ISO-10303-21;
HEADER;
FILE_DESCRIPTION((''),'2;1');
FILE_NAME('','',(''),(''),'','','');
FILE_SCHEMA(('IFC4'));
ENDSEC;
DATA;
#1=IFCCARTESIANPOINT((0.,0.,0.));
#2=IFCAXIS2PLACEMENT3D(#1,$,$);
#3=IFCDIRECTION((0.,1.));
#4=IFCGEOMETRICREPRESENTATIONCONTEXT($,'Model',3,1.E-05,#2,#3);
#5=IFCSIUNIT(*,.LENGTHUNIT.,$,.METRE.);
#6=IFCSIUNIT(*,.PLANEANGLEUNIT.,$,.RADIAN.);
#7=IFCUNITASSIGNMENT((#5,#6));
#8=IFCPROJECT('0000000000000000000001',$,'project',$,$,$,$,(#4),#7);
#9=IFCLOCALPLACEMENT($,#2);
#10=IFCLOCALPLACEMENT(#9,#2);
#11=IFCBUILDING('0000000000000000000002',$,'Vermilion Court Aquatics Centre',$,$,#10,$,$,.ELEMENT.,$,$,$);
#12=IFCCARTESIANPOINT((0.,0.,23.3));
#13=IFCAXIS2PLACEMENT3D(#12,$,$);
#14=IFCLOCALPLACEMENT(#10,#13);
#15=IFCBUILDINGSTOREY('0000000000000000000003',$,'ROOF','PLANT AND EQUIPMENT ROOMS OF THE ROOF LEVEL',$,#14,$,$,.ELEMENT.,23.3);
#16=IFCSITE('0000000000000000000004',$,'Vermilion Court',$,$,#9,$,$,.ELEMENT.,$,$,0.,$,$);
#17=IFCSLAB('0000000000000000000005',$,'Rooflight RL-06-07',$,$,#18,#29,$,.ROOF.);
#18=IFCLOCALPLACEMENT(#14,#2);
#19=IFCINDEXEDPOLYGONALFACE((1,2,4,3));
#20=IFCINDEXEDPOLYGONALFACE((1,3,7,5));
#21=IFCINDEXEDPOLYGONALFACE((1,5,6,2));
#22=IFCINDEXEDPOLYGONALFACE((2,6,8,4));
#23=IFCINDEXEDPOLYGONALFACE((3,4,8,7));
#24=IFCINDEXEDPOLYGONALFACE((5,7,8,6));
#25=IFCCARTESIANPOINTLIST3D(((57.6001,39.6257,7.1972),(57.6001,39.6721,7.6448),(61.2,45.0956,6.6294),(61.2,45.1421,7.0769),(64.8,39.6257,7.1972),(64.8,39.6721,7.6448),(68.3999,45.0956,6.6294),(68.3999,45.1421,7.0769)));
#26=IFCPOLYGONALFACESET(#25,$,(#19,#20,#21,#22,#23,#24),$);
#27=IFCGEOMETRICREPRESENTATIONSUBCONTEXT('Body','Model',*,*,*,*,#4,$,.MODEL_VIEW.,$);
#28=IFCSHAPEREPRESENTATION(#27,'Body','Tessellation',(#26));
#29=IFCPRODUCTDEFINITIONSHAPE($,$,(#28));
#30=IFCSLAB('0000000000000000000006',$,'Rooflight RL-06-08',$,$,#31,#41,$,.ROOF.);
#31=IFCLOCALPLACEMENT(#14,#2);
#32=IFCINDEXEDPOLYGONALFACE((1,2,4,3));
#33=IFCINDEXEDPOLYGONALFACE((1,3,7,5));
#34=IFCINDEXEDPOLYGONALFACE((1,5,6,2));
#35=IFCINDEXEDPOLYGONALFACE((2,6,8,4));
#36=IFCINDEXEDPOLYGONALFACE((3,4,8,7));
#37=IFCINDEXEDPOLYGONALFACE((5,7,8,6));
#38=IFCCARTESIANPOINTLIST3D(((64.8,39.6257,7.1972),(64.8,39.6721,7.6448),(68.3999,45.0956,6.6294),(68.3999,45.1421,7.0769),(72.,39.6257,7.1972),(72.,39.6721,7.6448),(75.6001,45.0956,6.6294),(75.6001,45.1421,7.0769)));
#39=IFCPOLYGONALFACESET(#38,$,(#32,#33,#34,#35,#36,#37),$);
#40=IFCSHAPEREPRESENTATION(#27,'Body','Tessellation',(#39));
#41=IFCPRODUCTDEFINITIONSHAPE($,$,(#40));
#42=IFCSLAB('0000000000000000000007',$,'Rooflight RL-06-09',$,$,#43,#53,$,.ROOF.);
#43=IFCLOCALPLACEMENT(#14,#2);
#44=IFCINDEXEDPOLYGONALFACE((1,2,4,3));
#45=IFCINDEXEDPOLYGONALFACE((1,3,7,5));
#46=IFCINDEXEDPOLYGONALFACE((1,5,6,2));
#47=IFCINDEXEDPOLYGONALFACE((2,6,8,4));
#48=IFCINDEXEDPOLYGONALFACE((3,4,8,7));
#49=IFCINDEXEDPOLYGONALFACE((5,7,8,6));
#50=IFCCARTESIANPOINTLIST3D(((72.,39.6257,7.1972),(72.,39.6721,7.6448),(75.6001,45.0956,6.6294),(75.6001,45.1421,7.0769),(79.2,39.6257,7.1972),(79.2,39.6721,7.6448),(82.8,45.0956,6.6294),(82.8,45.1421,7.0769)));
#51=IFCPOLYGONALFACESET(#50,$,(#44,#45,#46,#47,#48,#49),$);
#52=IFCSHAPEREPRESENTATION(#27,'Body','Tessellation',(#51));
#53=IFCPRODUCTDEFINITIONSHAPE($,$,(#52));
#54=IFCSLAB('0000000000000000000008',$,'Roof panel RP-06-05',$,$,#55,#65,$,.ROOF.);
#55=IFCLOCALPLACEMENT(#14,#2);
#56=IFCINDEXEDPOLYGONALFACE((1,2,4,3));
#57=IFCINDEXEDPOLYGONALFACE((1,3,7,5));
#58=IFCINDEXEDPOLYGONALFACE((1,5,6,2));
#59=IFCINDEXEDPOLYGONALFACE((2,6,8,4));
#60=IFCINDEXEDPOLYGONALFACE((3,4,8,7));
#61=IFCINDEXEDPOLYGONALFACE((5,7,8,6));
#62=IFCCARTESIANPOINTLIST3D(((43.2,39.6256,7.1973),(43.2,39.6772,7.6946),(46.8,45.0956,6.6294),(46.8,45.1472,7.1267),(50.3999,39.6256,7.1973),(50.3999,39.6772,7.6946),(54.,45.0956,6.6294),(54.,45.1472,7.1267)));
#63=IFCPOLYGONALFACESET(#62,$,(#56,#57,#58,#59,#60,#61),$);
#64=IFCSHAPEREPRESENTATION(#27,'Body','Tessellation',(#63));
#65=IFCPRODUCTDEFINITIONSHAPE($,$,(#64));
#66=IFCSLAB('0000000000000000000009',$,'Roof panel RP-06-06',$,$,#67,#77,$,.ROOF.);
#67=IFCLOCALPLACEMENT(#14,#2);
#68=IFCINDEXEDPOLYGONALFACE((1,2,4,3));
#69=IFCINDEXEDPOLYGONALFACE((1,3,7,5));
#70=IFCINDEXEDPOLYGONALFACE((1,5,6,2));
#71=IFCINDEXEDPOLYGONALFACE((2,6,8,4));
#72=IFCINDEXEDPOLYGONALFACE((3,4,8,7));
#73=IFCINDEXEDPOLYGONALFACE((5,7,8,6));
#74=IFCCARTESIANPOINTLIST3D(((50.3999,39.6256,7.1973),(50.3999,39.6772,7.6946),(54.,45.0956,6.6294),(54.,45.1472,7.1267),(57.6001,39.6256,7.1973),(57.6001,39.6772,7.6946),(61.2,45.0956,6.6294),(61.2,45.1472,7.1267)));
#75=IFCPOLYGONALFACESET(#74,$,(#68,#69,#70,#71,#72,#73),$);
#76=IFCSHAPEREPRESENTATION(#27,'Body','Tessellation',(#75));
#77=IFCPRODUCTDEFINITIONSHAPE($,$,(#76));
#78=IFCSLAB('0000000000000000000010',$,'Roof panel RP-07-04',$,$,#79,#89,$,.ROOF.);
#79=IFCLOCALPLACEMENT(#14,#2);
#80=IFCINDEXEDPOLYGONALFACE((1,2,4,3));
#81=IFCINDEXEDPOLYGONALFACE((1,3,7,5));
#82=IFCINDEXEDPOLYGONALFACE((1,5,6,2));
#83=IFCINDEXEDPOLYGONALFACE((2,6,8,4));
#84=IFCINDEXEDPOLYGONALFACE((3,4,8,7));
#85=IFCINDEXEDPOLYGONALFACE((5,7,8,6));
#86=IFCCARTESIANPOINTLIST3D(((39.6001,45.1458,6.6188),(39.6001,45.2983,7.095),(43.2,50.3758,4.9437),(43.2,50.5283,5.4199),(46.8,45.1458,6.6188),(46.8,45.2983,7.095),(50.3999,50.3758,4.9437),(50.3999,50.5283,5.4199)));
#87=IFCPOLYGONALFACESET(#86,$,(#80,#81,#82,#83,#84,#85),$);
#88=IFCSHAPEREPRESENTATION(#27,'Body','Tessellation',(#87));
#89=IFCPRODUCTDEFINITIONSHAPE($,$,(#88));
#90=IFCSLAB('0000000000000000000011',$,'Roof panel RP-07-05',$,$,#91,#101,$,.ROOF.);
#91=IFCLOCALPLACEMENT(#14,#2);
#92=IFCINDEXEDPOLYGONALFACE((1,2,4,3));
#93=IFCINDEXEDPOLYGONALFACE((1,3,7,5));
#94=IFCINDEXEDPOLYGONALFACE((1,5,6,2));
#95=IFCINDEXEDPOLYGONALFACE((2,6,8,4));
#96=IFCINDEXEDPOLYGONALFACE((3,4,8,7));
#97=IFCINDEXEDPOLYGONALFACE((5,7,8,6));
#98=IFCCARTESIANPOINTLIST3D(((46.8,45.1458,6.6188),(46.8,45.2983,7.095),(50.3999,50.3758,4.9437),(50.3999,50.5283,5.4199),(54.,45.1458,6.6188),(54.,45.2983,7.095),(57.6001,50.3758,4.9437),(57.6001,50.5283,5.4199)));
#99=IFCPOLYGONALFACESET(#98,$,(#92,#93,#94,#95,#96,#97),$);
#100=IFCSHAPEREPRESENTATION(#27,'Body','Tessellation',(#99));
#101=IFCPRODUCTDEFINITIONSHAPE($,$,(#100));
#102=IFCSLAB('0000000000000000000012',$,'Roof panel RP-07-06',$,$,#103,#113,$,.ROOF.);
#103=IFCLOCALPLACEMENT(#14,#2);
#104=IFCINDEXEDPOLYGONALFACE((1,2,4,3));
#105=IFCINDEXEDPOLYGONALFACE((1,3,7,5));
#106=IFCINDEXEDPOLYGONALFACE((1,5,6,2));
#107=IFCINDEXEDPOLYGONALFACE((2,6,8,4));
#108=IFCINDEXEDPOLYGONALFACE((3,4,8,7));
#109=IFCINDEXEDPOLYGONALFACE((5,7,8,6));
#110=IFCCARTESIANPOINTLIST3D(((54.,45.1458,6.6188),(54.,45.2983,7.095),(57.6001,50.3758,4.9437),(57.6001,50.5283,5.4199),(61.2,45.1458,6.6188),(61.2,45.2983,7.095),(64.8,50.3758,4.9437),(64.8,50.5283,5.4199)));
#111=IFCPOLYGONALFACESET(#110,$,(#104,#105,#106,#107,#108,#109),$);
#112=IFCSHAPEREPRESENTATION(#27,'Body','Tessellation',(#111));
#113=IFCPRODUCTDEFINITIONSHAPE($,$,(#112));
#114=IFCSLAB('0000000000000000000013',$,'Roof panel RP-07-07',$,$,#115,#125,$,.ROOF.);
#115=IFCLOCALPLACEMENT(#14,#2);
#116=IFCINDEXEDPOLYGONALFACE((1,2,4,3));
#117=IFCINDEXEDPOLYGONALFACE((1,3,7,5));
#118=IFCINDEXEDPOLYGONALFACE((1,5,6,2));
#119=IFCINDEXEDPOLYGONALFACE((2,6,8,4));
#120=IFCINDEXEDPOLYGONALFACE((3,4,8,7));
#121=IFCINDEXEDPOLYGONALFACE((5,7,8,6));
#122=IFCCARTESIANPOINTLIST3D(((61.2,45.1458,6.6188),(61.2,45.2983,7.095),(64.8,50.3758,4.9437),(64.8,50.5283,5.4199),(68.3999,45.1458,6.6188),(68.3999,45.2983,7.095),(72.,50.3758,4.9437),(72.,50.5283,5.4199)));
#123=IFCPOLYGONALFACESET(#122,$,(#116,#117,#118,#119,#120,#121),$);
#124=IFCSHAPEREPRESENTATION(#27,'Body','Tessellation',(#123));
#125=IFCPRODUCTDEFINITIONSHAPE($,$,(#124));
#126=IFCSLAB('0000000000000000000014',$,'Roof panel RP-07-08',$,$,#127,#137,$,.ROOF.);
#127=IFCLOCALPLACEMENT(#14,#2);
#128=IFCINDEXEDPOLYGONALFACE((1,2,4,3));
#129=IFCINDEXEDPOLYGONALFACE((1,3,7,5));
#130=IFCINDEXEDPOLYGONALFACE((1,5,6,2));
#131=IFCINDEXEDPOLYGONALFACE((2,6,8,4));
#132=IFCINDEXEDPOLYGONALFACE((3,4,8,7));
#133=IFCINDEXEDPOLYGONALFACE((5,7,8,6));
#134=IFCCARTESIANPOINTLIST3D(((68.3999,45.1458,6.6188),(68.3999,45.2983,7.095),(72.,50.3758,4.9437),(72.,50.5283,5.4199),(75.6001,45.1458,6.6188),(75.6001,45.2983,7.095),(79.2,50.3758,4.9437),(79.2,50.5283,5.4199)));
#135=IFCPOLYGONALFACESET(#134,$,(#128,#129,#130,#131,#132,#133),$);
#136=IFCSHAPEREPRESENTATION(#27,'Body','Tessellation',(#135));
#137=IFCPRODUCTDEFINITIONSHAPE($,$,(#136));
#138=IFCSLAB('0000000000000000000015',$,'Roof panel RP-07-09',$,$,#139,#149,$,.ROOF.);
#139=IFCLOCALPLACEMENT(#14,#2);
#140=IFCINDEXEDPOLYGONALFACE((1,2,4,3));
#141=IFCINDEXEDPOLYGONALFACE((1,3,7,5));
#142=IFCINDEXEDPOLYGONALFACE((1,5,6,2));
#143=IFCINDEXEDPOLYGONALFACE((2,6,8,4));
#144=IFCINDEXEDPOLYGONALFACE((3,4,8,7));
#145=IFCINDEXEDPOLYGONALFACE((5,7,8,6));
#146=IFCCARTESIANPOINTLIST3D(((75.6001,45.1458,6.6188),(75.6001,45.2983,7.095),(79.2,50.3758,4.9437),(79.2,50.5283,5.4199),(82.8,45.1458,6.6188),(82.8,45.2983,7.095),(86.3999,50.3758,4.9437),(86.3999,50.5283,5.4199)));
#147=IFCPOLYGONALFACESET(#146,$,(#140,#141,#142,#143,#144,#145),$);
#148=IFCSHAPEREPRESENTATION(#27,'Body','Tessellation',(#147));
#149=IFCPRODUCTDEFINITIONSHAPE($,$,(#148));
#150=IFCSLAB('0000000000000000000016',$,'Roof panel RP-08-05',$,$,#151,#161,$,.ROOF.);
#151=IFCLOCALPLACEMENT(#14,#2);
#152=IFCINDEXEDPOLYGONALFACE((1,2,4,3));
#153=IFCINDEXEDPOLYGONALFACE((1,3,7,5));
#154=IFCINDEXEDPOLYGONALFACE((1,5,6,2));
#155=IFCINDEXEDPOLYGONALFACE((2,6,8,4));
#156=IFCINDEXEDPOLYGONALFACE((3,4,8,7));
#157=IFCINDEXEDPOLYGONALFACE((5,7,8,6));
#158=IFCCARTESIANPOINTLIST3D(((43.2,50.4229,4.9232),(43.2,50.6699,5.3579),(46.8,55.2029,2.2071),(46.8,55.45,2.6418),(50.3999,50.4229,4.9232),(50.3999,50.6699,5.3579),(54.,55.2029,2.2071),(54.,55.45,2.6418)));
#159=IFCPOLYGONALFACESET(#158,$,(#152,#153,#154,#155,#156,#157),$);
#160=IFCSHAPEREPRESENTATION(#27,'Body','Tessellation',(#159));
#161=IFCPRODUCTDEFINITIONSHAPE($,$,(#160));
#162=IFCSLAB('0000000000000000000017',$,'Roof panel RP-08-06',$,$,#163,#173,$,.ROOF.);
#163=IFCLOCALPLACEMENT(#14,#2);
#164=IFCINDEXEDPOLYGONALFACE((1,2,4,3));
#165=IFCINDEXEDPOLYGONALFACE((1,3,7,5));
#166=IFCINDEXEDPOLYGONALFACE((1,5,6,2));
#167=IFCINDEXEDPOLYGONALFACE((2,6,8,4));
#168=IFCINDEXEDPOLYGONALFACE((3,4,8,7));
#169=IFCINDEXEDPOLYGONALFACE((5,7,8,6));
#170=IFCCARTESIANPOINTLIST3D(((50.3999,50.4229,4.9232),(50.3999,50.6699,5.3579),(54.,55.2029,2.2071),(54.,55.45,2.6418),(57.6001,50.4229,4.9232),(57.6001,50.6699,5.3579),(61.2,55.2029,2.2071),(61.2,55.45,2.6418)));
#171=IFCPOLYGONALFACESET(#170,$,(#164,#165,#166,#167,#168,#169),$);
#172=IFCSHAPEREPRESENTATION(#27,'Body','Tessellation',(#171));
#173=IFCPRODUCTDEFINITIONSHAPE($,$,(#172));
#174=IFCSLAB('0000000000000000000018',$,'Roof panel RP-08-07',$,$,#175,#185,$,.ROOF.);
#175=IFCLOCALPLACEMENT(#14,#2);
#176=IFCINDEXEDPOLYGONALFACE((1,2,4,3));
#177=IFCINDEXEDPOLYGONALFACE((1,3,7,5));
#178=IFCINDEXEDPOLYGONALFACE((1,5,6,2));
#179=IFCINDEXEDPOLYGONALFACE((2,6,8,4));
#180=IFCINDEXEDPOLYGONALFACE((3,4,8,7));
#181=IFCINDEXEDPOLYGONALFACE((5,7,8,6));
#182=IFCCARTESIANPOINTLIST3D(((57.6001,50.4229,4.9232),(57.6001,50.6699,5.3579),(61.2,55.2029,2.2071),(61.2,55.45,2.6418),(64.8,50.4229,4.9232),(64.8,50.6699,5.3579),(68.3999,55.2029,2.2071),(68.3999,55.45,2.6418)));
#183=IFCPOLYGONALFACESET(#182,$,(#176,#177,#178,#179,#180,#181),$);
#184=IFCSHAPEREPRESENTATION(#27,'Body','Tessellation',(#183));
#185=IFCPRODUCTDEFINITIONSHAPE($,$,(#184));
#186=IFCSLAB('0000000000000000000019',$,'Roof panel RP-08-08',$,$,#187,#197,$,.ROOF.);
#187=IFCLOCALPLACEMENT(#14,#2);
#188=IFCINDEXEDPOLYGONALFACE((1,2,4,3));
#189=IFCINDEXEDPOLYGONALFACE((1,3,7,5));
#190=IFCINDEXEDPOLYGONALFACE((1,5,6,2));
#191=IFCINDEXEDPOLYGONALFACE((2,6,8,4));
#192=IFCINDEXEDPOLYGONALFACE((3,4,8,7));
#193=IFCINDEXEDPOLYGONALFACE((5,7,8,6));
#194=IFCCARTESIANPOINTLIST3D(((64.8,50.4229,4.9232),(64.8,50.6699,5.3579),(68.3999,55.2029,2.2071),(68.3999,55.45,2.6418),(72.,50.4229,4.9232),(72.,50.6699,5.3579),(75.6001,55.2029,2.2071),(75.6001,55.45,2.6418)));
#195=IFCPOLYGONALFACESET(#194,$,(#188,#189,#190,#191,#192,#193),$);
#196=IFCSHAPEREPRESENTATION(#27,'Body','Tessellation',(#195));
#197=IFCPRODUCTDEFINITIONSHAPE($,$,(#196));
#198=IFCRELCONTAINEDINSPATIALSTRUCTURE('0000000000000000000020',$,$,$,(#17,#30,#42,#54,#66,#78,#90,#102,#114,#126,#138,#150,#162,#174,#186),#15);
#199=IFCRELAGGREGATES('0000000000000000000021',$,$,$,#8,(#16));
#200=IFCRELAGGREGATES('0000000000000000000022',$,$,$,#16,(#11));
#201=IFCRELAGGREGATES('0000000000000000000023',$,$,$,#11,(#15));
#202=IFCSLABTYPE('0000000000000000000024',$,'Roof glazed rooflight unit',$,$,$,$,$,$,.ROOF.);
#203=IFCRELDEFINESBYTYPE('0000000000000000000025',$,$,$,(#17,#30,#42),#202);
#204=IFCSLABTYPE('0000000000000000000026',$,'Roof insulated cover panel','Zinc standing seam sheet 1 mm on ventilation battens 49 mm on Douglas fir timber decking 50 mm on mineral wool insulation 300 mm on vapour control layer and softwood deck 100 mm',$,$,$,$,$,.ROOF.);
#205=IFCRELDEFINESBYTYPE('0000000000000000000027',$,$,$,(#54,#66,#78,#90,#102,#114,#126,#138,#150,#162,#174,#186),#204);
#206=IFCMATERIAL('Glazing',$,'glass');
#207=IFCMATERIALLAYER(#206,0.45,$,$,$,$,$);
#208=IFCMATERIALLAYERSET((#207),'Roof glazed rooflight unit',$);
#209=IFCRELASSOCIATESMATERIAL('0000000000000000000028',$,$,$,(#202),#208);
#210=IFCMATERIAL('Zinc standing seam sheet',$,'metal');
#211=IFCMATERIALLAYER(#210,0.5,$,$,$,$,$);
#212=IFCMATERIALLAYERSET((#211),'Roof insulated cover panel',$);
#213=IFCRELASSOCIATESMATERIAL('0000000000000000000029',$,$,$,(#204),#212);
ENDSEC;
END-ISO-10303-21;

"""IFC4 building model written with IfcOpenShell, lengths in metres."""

from ifc_helpers import new_model, si_unit, direction, frame, origin, place, context, subcontext, project, spatial, polyline, outline, extrude, material, layer, layer_set, type_object, element, save


model = new_model("IFC4")

# Units and contexts
model_context = context("Model", 3, precision=1e-05, world=origin(), true_north=direction((0.0, 1.0)))
body_context = subcontext(model_context, "Body", "Model", "MODEL_VIEW")
ifc_project = project(units=[si_unit("LENGTHUNIT", "METRE"), si_unit("PLANEANGLEUNIT", "RADIAN")], contexts=[model_context])

# Site, building, storey
site_placement = place(None, origin())
site = spatial("IfcSite", under=ifc_project, at=site_placement, Name="Vermilion Court", CompositionType="ELEMENT", RefElevation=0.0)
building_placement = place(site_placement, origin())
building = spatial("IfcBuilding", under=site, at=building_placement, Name="Vermilion Court Aquatics Centre", CompositionType="ELEMENT")
storey_placement = place(building_placement, frame((0.0, 0.0, 23.3)))
storey = spatial("IfcBuildingStorey", under=building, at=storey_placement, Name="ROOF", Description="PLANT AND EQUIPMENT ROOMS OF THE ROOF LEVEL", CompositionType="ELEMENT", Elevation=23.3)

# Slabs
ifc_material_1 = material(Name="Glazing", Category="glass")
ifc_layer_1 = layer(ifc_material_1, 0.45)
ifc_layer_set_1 = layer_set([ifc_layer_1], Name="Roof glazed rooflight unit")
slab_type_1 = type_object("IfcSlabType", Name="Roof glazed rooflight unit", PredefinedType="ROOF", material=ifc_layer_set_1)
slab_1_placement = place(storey_placement, frame((57.6001, 39.6721, 7.6448), z_axis=(0.0, 0.103261, 0.994654), x_axis=(1.0, 0.0, 0.0)))
element("IfcSlab", 1, at=slab_1_placement, inside=storey, type_object=slab_type_1, Name="Rooflight RL-06-07", PredefinedType="ROOF", context=body_context, shape_type="SweptSolid", body=[
    extrude(outline(polyline([(0.0, 0.0), (7.2, 0.0), (10.7998, 5.4994), (3.5999, 5.4994), (0.0, 0.0)])), origin(), (0.0, 0.0, -1.0), 0.45),
])
slab_2_placement = place(storey_placement, frame((64.8, 39.6721, 7.6448), z_axis=(0.0, 0.103261, 0.994654), x_axis=(1.0, 0.0, 0.0)))
element("IfcSlab", 2, at=slab_2_placement, inside=storey, type_object=slab_type_1, Name="Rooflight RL-06-08", PredefinedType="ROOF", context=body_context, shape_type="SweptSolid", body=[
    extrude(outline(polyline([(0.0, 0.0), (7.2, 0.0), (10.8, 5.4994), (3.5999, 5.4994), (0.0, 0.0)])), origin(), (0.0, 0.0, -1.0), 0.45),
])
slab_3_placement = place(storey_placement, frame((72.0, 39.6721, 7.6448), z_axis=(0.0, 0.103261, 0.994654), x_axis=(1.0, 0.0, 0.0)))
element("IfcSlab", 3, at=slab_3_placement, inside=storey, type_object=slab_type_1, Name="Rooflight RL-06-09", PredefinedType="ROOF", context=body_context, shape_type="SweptSolid", body=[
    extrude(outline(polyline([(0.0, 0.0), (7.2, 0.0), (10.8, 5.4994), (3.6001, 5.4994), (0.0, 0.0)])), origin(), (0.0, 0.0, -1.0), 0.45),
])
ifc_material_2 = material(Name="Zinc standing seam sheet", Category="metal")
ifc_layer_2 = layer(ifc_material_2, 0.5)
ifc_layer_set_2 = layer_set([ifc_layer_2], Name="Roof insulated cover panel")
slab_type_2 = type_object("IfcSlabType", Name="Roof insulated cover panel", Description="Zinc standing seam sheet 1 mm on ventilation battens 49 mm on Douglas fir timber decking 50 mm on mineral wool insulation 300 mm on vapour control layer and softwood deck 100 mm", PredefinedType="ROOF", material=ifc_layer_set_2)
slab_4_placement = place(storey_placement, frame((43.2, 39.6772, 7.6946), z_axis=(0.0, 0.103261, 0.994654), x_axis=(1.0, 0.0, 0.0)))
element("IfcSlab", 4, at=slab_4_placement, inside=storey, type_object=slab_type_2, Name="Roof panel RP-06-05", PredefinedType="ROOF", context=body_context, shape_type="SweptSolid", body=[
    extrude(outline(polyline([(0.0, 0.0), (7.2, 0.0), (10.8, 5.4994), (3.6001, 5.4994), (0.0, 0.0)])), origin(), (0.0, 0.0, -1.0), 0.5),
])
slab_5_placement = place(storey_placement, frame((50.3999, 39.6772, 7.6946), z_axis=(0.0, 0.103261, 0.994654), x_axis=(1.0, 0.0, 0.0)))
element("IfcSlab", 5, at=slab_5_placement, inside=storey, type_object=slab_type_2, Name="Roof panel RP-06-06", PredefinedType="ROOF", context=body_context, shape_type="SweptSolid", body=[
    extrude(outline(polyline([(0.0, 0.0), (7.2002, 0.0), (10.8, 5.4994), (3.6001, 5.4994), (0.0, 0.0)])), origin(), (0.0, 0.0, -1.0), 0.5),
])
slab_6_placement = place(storey_placement, frame((39.6001, 45.2983, 7.095), z_axis=(0.0, 0.305016, 0.952347), x_axis=(1.0, 0.0, 0.0)))
element("IfcSlab", 6, at=slab_6_placement, inside=storey, type_object=slab_type_2, Name="Roof panel RP-07-04", PredefinedType="ROOF", context=body_context, shape_type="SweptSolid", body=[
    extrude(outline(polyline([(0.0, 0.0), (7.2, 0.0), (10.7998, 5.4917), (3.5999, 5.4917), (0.0, 0.0)])), origin(), (0.0, 0.0, -1.0), 0.5),
])
slab_7_placement = place(storey_placement, frame((46.8, 45.2983, 7.095), z_axis=(0.0, 0.305016, 0.952347), x_axis=(1.0, 0.0, 0.0)))
element("IfcSlab", 7, at=slab_7_placement, inside=storey, type_object=slab_type_2, Name="Roof panel RP-07-05", PredefinedType="ROOF", context=body_context, shape_type="SweptSolid", body=[
    extrude(outline(polyline([(0.0, 0.0), (7.2, 0.0), (10.8, 5.4917), (3.5999, 5.4917), (0.0, 0.0)])), origin(), (0.0, 0.0, -1.0), 0.5),
])
for number, where, z_axis, x_axis, name in (
    (8, (54.0, 45.2983, 7.095), (0.0, 0.305016, 0.952347), (1.0, 0.0, 0.0), "Roof panel RP-07-06"),
    (9, (61.2, 45.2983, 7.095), (0.0, 0.305016, 0.952347), (1.0, 0.0, 0.0), "Roof panel RP-07-07"),
):
    element("IfcSlab", number, at=place(storey_placement, frame(where, z_axis=z_axis, x_axis=x_axis)), inside=storey, type_object=slab_type_2, Name=name, PredefinedType="ROOF", context=body_context, shape_type="SweptSolid", body=[
        extrude(outline(polyline([(0.0, 0.0), (7.2, 0.0), (10.8, 5.4917), (3.6001, 5.4917), (0.0, 0.0)])), origin(), (0.0, 0.0, -1.0), 0.5),
    ])
slab_8_placement = place(storey_placement, frame((68.3999, 45.2983, 7.095), z_axis=(0.0, 0.305016, 0.952347), x_axis=(1.0, 0.0, 0.0)))
element("IfcSlab", 10, at=slab_8_placement, inside=storey, type_object=slab_type_2, Name="Roof panel RP-07-08", PredefinedType="ROOF", context=body_context, shape_type="SweptSolid", body=[
    extrude(outline(polyline([(0.0, 0.0), (7.2002, 0.0), (10.8, 5.4917), (3.6001, 5.4917), (0.0, 0.0)])), origin(), (0.0, 0.0, -1.0), 0.5),
])
slab_9_placement = place(storey_placement, frame((75.6001, 45.2983, 7.095), z_axis=(0.0, 0.305016, 0.952347), x_axis=(1.0, 0.0, 0.0)))
element("IfcSlab", 11, at=slab_9_placement, inside=storey, type_object=slab_type_2, Name="Roof panel RP-07-09", PredefinedType="ROOF", context=body_context, shape_type="SweptSolid", body=[
    extrude(outline(polyline([(0.0, 0.0), (7.2, 0.0), (10.7998, 5.4917), (3.5999, 5.4917), (0.0, 0.0)])), origin(), (0.0, 0.0, -1.0), 0.5),
])
slab_10_placement = place(storey_placement, frame((43.2, 50.6699, 5.3579), z_axis=(0.0, 0.494028, 0.869446), x_axis=(1.0, 0.0, 0.0)))
element("IfcSlab", 12, at=slab_10_placement, inside=storey, type_object=slab_type_2, Name="Roof panel RP-08-05", PredefinedType="ROOF", context=body_context, shape_type="SweptSolid", body=[
    extrude(outline(polyline([(0.0, 0.0), (7.2, 0.0), (10.8, 5.4978), (3.6001, 5.4978), (0.0, 0.0)])), origin(), (0.0, 0.0, -1.0), 0.5),
])
slab_11_placement = place(storey_placement, frame((50.3999, 50.6699, 5.3579), z_axis=(0.0, 0.494028, 0.869446), x_axis=(1.0, 0.0, 0.0)))
element("IfcSlab", 13, at=slab_11_placement, inside=storey, type_object=slab_type_2, Name="Roof panel RP-08-06", PredefinedType="ROOF", context=body_context, shape_type="SweptSolid", body=[
    extrude(outline(polyline([(0.0, 0.0), (7.2002, 0.0), (10.8, 5.4978), (3.6001, 5.4978), (0.0, 0.0)])), origin(), (0.0, 0.0, -1.0), 0.5),
])
slab_12_placement = place(storey_placement, frame((57.6001, 50.6699, 5.3579), z_axis=(0.0, 0.494028, 0.869446), x_axis=(1.0, 0.0, 0.0)))
element("IfcSlab", 14, at=slab_12_placement, inside=storey, type_object=slab_type_2, Name="Roof panel RP-08-07", PredefinedType="ROOF", context=body_context, shape_type="SweptSolid", body=[
    extrude(outline(polyline([(0.0, 0.0), (7.2, 0.0), (10.7998, 5.4978), (3.5999, 5.4978), (0.0, 0.0)])), origin(), (0.0, 0.0, -1.0), 0.5),
])
slab_13_placement = place(storey_placement, frame((64.8, 50.6699, 5.3579), z_axis=(0.0, 0.494028, 0.869446), x_axis=(1.0, 0.0, 0.0)))
element("IfcSlab", 15, at=slab_13_placement, inside=storey, type_object=slab_type_2, Name="Roof panel RP-08-08", PredefinedType="ROOF", context=body_context, shape_type="SweptSolid", body=[
    extrude(outline(polyline([(0.0, 0.0), (7.2, 0.0), (10.8, 5.4978), (3.5999, 5.4978), (0.0, 0.0)])), origin(), (0.0, 0.0, -1.0), 0.5),
])

save(model, "model.ifc")
